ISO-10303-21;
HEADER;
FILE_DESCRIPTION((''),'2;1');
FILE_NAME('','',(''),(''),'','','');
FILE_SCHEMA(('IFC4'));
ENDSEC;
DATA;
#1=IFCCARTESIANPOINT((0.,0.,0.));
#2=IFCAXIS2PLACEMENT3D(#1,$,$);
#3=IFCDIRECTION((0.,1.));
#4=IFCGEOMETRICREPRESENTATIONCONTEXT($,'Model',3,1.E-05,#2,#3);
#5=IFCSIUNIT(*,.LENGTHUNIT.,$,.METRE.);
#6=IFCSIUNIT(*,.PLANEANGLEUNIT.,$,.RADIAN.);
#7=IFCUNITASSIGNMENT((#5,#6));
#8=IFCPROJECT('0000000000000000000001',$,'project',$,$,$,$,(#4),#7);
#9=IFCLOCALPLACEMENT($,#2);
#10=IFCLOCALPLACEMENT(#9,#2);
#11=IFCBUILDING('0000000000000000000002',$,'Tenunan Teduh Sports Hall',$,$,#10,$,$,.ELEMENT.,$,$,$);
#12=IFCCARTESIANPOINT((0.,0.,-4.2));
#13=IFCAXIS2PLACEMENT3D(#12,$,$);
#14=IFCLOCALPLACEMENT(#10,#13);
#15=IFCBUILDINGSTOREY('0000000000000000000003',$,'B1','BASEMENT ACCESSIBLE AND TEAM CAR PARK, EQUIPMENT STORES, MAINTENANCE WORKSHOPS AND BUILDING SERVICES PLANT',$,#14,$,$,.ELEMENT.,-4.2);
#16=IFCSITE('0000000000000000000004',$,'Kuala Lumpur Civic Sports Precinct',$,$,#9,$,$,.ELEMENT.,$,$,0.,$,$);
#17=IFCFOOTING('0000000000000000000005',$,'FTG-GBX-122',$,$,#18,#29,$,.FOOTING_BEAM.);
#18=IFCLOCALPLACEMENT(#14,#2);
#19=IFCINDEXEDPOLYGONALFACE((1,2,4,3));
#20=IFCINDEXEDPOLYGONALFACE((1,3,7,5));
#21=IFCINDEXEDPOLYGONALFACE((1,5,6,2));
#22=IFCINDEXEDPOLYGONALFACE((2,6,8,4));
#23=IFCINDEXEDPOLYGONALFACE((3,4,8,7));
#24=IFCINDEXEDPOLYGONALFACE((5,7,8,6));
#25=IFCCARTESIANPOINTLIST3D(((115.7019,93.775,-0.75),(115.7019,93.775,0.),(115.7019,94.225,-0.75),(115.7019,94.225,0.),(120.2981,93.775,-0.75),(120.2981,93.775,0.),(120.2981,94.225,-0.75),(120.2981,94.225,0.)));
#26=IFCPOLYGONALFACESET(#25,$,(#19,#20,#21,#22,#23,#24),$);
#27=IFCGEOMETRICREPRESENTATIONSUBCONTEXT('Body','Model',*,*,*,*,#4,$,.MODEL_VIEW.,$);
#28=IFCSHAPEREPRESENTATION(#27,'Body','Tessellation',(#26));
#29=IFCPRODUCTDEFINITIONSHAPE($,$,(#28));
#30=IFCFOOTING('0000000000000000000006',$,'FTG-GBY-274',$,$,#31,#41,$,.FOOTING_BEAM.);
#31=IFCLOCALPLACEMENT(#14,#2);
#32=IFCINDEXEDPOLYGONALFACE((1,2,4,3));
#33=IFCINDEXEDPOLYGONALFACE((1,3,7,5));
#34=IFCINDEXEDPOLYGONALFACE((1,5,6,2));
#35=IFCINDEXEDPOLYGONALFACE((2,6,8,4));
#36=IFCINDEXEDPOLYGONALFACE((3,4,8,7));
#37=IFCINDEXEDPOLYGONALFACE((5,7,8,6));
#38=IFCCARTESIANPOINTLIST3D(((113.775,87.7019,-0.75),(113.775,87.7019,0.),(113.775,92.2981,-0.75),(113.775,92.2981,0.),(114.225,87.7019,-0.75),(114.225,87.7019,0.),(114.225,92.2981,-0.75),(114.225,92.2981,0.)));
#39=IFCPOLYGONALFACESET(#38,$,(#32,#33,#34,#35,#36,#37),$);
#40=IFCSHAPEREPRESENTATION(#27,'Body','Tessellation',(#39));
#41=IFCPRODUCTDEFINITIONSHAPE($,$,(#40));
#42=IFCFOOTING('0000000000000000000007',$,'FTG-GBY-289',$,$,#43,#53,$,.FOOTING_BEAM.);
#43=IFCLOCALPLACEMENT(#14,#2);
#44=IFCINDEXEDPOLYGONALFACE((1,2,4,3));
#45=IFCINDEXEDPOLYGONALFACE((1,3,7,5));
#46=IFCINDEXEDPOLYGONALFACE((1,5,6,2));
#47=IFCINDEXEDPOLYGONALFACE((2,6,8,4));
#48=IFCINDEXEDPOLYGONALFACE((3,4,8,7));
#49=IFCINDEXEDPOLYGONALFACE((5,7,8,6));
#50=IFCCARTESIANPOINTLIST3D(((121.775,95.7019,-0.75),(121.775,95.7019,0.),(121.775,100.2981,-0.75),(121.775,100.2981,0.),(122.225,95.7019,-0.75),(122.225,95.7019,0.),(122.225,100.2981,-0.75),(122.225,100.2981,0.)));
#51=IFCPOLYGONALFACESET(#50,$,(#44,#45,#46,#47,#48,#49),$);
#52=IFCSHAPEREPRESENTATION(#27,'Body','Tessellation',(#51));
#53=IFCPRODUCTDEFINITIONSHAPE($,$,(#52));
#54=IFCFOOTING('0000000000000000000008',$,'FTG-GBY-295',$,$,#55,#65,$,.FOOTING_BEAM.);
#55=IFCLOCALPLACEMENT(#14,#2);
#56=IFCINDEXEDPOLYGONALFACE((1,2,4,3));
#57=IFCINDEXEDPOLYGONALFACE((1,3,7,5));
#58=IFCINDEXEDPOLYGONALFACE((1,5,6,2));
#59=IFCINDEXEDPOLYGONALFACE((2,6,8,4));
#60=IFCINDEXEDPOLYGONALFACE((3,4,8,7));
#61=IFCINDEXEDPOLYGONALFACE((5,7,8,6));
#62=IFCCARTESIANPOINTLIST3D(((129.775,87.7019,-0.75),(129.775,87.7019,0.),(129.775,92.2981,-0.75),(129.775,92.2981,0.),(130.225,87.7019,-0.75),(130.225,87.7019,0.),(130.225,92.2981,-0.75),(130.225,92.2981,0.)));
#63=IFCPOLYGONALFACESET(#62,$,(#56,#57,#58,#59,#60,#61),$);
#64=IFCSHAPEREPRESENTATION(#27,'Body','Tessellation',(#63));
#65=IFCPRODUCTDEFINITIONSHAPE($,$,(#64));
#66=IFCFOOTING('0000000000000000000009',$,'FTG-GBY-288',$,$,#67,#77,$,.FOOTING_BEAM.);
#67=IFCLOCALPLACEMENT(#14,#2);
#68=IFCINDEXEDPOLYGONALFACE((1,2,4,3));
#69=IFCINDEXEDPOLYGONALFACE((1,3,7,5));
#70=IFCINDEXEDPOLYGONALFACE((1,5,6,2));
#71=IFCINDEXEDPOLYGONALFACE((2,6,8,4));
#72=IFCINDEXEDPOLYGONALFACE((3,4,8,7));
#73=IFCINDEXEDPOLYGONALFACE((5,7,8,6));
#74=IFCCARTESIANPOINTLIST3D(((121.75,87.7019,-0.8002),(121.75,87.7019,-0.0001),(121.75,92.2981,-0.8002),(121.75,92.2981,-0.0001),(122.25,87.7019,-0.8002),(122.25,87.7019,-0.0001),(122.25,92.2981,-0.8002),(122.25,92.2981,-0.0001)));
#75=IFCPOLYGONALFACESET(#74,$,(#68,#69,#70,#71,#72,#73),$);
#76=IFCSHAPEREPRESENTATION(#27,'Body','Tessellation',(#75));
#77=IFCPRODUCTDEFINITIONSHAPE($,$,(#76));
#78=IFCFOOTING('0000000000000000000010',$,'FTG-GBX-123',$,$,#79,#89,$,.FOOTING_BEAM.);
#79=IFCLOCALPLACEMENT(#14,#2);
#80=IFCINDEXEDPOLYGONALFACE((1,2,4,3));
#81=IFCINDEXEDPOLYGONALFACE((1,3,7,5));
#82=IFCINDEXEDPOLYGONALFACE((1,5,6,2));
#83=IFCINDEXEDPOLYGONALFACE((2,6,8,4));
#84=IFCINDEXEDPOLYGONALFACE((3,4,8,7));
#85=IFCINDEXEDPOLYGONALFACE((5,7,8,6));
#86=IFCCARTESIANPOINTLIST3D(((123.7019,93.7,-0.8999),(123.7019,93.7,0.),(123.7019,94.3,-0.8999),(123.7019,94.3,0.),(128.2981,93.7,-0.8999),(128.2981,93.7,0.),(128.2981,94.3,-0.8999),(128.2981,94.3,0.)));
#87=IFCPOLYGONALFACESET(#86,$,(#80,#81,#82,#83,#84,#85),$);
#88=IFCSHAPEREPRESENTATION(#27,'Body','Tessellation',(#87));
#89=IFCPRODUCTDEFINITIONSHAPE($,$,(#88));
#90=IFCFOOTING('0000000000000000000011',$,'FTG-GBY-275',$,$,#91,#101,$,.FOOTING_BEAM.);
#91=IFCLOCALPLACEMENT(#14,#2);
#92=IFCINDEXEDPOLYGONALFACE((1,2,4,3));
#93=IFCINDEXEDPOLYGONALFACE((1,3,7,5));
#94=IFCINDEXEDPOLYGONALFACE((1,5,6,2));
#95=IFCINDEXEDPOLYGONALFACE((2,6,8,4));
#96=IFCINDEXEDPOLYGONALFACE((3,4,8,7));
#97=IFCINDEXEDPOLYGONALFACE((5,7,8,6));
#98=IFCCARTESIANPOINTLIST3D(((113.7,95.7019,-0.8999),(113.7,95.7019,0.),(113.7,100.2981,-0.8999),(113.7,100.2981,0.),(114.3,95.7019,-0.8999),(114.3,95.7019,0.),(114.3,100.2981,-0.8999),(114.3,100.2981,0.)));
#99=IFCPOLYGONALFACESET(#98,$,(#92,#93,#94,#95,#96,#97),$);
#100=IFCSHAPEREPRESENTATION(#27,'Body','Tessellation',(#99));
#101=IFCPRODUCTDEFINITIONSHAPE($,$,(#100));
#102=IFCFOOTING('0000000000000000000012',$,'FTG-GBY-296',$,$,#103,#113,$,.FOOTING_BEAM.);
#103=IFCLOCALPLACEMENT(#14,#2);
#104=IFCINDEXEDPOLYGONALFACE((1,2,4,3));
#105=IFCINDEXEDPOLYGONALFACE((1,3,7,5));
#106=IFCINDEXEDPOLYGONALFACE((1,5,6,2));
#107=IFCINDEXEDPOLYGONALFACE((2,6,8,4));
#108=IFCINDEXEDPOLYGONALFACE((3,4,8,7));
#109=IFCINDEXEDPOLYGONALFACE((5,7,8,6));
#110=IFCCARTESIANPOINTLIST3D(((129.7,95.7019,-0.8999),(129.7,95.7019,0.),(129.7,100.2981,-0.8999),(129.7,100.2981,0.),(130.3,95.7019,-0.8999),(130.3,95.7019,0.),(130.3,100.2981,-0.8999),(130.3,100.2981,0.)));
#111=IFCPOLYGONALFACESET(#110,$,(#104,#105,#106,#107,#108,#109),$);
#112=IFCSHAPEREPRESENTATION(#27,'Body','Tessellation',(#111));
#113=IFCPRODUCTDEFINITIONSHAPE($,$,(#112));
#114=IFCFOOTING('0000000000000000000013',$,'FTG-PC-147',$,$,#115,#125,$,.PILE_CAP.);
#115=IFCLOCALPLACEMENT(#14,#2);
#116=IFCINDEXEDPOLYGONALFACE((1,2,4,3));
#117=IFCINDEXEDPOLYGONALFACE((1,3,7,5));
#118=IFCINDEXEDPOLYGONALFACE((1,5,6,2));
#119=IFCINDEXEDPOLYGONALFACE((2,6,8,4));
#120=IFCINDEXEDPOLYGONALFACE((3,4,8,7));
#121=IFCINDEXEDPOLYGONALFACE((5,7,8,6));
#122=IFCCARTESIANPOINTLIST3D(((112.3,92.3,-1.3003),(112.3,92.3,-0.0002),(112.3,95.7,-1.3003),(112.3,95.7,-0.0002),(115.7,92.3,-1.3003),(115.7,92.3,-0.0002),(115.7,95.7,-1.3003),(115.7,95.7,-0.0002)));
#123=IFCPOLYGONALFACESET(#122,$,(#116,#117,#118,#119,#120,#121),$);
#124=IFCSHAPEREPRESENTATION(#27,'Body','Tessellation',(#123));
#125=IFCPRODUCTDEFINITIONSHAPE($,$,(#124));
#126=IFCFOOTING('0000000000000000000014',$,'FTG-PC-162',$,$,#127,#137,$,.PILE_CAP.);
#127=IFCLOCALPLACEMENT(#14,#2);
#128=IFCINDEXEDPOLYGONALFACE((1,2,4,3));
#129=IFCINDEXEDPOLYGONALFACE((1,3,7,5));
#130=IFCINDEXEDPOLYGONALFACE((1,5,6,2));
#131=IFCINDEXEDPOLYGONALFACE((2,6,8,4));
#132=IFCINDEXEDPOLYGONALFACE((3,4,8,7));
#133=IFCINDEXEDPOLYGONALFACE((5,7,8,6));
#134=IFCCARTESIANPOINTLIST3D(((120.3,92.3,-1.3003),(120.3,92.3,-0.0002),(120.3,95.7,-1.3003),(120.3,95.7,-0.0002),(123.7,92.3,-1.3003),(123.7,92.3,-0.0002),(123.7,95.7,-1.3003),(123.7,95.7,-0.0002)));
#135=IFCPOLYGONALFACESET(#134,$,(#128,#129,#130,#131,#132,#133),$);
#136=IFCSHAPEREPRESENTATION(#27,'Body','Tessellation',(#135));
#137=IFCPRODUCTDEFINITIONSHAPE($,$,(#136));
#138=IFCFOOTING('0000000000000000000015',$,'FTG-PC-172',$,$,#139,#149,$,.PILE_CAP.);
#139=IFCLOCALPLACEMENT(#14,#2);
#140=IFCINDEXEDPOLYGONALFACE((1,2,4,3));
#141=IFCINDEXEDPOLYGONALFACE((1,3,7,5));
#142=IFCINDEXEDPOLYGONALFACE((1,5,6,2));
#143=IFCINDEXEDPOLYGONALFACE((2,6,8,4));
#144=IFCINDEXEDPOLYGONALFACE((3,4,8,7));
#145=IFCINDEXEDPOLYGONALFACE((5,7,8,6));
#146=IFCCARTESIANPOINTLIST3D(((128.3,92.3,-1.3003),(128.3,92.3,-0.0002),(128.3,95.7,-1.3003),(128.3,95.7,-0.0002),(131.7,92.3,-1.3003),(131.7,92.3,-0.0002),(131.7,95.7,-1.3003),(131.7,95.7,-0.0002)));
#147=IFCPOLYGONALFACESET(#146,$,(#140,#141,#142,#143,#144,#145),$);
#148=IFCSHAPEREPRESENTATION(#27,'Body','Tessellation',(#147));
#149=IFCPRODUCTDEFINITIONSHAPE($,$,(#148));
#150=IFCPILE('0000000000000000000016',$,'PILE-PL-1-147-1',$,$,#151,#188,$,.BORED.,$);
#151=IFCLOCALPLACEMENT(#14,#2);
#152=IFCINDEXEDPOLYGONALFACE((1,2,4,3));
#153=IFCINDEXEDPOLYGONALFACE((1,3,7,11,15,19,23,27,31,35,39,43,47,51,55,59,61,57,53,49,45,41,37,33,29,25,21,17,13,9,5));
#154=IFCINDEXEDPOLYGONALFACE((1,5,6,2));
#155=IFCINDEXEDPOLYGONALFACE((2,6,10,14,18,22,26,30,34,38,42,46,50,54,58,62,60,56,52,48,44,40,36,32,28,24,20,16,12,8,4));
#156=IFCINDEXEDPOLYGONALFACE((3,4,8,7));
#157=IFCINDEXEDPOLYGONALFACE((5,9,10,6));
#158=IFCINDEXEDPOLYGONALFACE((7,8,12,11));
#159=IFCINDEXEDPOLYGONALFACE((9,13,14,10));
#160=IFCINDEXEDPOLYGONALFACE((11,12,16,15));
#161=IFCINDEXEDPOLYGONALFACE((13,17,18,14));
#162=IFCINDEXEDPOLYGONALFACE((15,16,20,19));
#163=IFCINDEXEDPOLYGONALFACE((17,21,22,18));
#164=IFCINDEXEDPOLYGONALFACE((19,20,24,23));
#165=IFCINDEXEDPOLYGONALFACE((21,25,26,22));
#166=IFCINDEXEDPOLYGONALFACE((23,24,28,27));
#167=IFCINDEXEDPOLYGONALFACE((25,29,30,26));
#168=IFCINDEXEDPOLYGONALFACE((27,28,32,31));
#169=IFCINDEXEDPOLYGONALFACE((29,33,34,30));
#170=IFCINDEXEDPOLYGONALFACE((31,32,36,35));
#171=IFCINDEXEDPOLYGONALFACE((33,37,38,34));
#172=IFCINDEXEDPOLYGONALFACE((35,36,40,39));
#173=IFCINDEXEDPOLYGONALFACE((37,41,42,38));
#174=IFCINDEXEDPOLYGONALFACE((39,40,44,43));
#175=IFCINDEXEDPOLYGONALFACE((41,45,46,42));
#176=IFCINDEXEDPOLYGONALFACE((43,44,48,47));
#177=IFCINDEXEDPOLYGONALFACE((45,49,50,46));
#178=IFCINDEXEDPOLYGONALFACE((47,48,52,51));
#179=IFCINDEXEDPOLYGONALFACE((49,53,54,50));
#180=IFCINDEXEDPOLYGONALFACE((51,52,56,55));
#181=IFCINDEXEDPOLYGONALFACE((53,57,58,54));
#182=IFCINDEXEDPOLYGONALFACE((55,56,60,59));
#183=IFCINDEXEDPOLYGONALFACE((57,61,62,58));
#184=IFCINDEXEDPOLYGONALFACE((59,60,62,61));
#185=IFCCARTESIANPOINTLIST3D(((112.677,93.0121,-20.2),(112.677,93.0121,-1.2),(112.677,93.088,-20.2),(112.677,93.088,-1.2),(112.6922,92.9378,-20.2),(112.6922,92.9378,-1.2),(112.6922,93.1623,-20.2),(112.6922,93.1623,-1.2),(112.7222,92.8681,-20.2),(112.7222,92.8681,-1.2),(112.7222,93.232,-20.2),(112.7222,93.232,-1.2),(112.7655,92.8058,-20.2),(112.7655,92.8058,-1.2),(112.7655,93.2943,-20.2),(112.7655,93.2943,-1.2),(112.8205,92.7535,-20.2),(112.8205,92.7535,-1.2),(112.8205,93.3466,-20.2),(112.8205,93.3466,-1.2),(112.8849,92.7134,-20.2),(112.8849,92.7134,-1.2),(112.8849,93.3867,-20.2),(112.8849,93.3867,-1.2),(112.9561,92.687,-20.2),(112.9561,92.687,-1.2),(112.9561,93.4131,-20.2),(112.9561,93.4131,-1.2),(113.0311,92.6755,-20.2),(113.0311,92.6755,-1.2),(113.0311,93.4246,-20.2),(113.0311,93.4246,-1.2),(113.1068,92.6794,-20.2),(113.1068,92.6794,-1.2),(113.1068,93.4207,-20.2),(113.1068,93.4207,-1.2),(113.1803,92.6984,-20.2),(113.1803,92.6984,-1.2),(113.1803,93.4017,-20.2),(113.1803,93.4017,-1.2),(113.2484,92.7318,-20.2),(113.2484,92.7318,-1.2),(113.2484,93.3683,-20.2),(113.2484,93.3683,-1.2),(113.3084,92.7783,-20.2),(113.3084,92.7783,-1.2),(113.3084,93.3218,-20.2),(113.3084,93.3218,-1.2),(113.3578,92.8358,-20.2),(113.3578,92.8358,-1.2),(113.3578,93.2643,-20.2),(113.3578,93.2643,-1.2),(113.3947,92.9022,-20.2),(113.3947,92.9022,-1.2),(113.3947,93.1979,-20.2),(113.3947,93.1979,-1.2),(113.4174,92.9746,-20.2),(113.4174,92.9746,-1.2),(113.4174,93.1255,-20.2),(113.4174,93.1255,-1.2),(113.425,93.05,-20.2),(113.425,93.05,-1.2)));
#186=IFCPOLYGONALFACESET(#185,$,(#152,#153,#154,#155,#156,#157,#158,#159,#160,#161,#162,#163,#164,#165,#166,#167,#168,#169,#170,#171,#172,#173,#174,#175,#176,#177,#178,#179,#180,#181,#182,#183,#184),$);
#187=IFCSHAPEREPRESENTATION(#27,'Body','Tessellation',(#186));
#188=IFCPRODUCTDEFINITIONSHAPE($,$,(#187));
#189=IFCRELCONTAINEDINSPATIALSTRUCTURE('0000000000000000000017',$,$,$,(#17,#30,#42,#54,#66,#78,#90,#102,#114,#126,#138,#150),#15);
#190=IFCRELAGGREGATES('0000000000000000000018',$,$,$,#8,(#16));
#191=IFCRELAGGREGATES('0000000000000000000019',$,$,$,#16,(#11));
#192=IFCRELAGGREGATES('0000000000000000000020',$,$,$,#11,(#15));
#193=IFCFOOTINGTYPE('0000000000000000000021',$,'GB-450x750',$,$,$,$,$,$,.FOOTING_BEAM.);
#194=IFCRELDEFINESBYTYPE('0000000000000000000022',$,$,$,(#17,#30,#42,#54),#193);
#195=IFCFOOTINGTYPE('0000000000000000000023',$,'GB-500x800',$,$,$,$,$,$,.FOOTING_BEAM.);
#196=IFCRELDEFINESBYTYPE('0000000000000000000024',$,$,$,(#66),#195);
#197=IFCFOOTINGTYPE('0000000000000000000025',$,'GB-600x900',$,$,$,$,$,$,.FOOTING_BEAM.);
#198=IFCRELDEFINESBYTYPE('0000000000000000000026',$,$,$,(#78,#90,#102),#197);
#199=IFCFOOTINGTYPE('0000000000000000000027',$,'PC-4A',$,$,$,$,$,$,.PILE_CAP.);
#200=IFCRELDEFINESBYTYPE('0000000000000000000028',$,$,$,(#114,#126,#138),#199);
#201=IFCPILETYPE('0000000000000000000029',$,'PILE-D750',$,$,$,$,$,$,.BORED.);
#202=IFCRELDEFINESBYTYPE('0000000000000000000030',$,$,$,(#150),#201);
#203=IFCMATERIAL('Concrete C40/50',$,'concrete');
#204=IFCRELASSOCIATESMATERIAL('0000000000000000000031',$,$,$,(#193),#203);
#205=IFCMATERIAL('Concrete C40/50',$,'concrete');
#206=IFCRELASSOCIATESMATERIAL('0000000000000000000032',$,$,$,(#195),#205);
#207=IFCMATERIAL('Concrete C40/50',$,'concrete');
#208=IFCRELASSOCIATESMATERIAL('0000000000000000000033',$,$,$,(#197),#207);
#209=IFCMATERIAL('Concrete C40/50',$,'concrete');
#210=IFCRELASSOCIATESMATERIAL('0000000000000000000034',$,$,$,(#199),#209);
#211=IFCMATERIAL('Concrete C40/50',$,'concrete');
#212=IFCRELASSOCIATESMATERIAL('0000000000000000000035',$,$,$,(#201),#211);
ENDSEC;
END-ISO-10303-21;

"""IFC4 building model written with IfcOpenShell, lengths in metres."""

from ifc_helpers import new_model, si_unit, direction, frame, origin, origin_2d, place, context, subcontext, project, spatial, rectangle, circle, extrude, material, material_profile, profile_set, type_object, element, save


model = new_model("IFC4")

# Units and contexts
model_context = context("Model", 3, precision=1e-05, world=origin(), true_north=direction((0.0, 1.0)))
body_context = subcontext(model_context, "Body", "Model", "MODEL_VIEW")
ifc_project = project(units=[si_unit("LENGTHUNIT", "METRE"), si_unit("PLANEANGLEUNIT", "RADIAN")], contexts=[model_context])

# Site, building, storey
site_placement = place(None, origin())
site = spatial("IfcSite", under=ifc_project, at=site_placement, Name="Kuala Lumpur Civic Sports Precinct", CompositionType="ELEMENT", RefElevation=0.0)
building_placement = place(site_placement, origin())
building = spatial("IfcBuilding", under=site, at=building_placement, Name="Tenunan Teduh Sports Hall", CompositionType="ELEMENT")
storey_placement = place(building_placement, frame((0.0, 0.0, -4.2)))
storey = spatial("IfcBuildingStorey", under=building, at=storey_placement, Name="B1", Description="BASEMENT ACCESSIBLE AND TEAM CAR PARK, EQUIPMENT STORES, MAINTENANCE WORKSHOPS AND BUILDING SERVICES PLANT", CompositionType="ELEMENT", Elevation=-4.2)

# Footings
ifc_material_1 = material(Name="Concrete C40/50", Category="concrete")
ifc_material_profile_1 = material_profile(ifc_material_1, rectangle(XDim=0.45, YDim=0.75, at=origin_2d()), Name="RCB 450x750")
ifc_profile_set_1 = profile_set([ifc_material_profile_1], Name="Concrete C40/50")
footing_type_1 = type_object("IfcFootingType", Name="GB-450x750", PredefinedType="FOOTING_BEAM", material=ifc_profile_set_1)
for number, where, z_axis, x_axis, name in (
    (1, (115.7019, 94.0, -0.375), (1.0, 0.0, 0.0), (0.0, 1.0, 0.0), "FTG-GBX-122"),
    (2, (114.0, 87.7019, -0.375), (0.0, 1.0, 0.0), (-1.0, 0.0, 0.0), "FTG-GBY-274"),
    (3, (122.0, 95.7019, -0.375), (0.0, 1.0, 0.0), (-1.0, 0.0, 0.0), "FTG-GBY-289"),
    (4, (130.0, 87.7019, -0.375), (0.0, 1.0, 0.0), (-1.0, 0.0, 0.0), "FTG-GBY-295"),
):
    element("IfcFooting", number, at=place(storey_placement, frame(where, z_axis=z_axis, x_axis=x_axis)), inside=storey, type_object=footing_type_1, Name=name, PredefinedType="FOOTING_BEAM", context=body_context, shape_type="SweptSolid", body=[
        extrude(rectangle(XDim=0.45, YDim=0.75, at=origin_2d()), origin(), (0.0, 0.0, 1.0), 4.5962),
    ])
ifc_material_2 = material(Name="Concrete C40/50", Category="concrete")
ifc_material_profile_2 = material_profile(ifc_material_2, rectangle(XDim=0.5, YDim=0.8, at=origin_2d()), Name="RCB 500x800")
ifc_profile_set_2 = profile_set([ifc_material_profile_2], Name="Concrete C40/50")
footing_type_2 = type_object("IfcFootingType", Name="GB-500x800", PredefinedType="FOOTING_BEAM", material=ifc_profile_set_2)
footing_placement = place(storey_placement, frame((122.0, 87.7019, -0.4001), z_axis=(0.0, 1.0, 0.0), x_axis=(-1.0, 0.0, 0.0)))
element("IfcFooting", 5, at=footing_placement, inside=storey, type_object=footing_type_2, Name="FTG-GBY-288", PredefinedType="FOOTING_BEAM", context=body_context, shape_type="SweptSolid", body=[
    extrude(rectangle(XDim=0.5, YDim=0.8, at=origin_2d()), origin(), (0.0, 0.0, 1.0), 4.5962),
])
ifc_material_3 = material(Name="Concrete C40/50", Category="concrete")
ifc_material_profile_3 = material_profile(ifc_material_3, rectangle(XDim=0.6001, YDim=0.8999, at=origin_2d()), Name="RCB 600x900")
ifc_profile_set_3 = profile_set([ifc_material_profile_3], Name="Concrete C40/50")
footing_type_3 = type_object("IfcFootingType", Name="GB-600x900", PredefinedType="FOOTING_BEAM", material=ifc_profile_set_3)
for number, where, z_axis, x_axis, name in (
    (6, (123.7019, 94.0, -0.45), (1.0, 0.0, 0.0), (0.0, 1.0, 0.0), "FTG-GBX-123"),
    (7, (114.0, 95.7019, -0.45), (0.0, 1.0, 0.0), (-1.0, 0.0, 0.0), "FTG-GBY-275"),
    (8, (130.0, 95.7019, -0.45), (0.0, 1.0, 0.0), (-1.0, 0.0, 0.0), "FTG-GBY-296"),
):
    element("IfcFooting", number, at=place(storey_placement, frame(where, z_axis=z_axis, x_axis=x_axis)), inside=storey, type_object=footing_type_3, Name=name, PredefinedType="FOOTING_BEAM", context=body_context, shape_type="SweptSolid", body=[
        extrude(rectangle(XDim=0.6001, YDim=0.8999, at=origin_2d()), origin(), (0.0, 0.0, 1.0), 4.5962),
    ])
ifc_material_4 = material(Name="Concrete C40/50", Category="concrete")
footing_type_4 = type_object("IfcFootingType", Name="PC-4A", PredefinedType="PILE_CAP", material=ifc_material_4)
for number, where, z_axis, x_axis, name in (
    (9, (114.0, 94.0, -1.3003), (0.0, 0.0, 1.0), (1.0, 0.0, 0.0), "FTG-PC-147"),
    (10, (122.0, 94.0, -1.3003), (0.0, 0.0, 1.0), (1.0, 0.0, 0.0), "FTG-PC-162"),
    (11, (130.0, 94.0, -1.3003), (0.0, 0.0, 1.0), (1.0, 0.0, 0.0), "FTG-PC-172"),
):
    element("IfcFooting", number, at=place(storey_placement, frame(where, z_axis=z_axis, x_axis=x_axis)), inside=storey, type_object=footing_type_4, Name=name, PredefinedType="PILE_CAP", context=body_context, shape_type="SweptSolid", body=[
        extrude(rectangle(XDim=3.3999, YDim=3.3999, at=origin_2d()), origin(), (0.0, 0.0, 1.0), 1.3),
    ])

# Pile
ifc_material_5 = material(Name="Concrete C40/50", Category="concrete")
ifc_material_profile_4 = material_profile(ifc_material_5, circle(Radius=0.375, at=origin_2d()), Name="PILE D750")
ifc_profile_set_4 = profile_set([ifc_material_profile_4], Name="Concrete C40/50")
pile_type = type_object("IfcPileType", Name="PILE-D750", PredefinedType="BORED", material=ifc_profile_set_4)
for number, where, z_axis, x_axis, name in (
    (12, (113.05, 93.05, -1.2), (0.0, 0.0, -1.0), (1.0, 0.0, 0.0), "PILE-PL-1-147-1"),
):
    element("IfcPile", number, at=place(storey_placement, frame(where, z_axis=z_axis, x_axis=x_axis)), inside=storey, type_object=pile_type, Name=name, PredefinedType="BORED", context=body_context, shape_type="SweptSolid", body=[
        extrude(circle(Radius=0.375, at=origin_2d()), origin(), (0.0, 0.0, 1.0), 19.0),
    ])

save(model, "model.ifc")
